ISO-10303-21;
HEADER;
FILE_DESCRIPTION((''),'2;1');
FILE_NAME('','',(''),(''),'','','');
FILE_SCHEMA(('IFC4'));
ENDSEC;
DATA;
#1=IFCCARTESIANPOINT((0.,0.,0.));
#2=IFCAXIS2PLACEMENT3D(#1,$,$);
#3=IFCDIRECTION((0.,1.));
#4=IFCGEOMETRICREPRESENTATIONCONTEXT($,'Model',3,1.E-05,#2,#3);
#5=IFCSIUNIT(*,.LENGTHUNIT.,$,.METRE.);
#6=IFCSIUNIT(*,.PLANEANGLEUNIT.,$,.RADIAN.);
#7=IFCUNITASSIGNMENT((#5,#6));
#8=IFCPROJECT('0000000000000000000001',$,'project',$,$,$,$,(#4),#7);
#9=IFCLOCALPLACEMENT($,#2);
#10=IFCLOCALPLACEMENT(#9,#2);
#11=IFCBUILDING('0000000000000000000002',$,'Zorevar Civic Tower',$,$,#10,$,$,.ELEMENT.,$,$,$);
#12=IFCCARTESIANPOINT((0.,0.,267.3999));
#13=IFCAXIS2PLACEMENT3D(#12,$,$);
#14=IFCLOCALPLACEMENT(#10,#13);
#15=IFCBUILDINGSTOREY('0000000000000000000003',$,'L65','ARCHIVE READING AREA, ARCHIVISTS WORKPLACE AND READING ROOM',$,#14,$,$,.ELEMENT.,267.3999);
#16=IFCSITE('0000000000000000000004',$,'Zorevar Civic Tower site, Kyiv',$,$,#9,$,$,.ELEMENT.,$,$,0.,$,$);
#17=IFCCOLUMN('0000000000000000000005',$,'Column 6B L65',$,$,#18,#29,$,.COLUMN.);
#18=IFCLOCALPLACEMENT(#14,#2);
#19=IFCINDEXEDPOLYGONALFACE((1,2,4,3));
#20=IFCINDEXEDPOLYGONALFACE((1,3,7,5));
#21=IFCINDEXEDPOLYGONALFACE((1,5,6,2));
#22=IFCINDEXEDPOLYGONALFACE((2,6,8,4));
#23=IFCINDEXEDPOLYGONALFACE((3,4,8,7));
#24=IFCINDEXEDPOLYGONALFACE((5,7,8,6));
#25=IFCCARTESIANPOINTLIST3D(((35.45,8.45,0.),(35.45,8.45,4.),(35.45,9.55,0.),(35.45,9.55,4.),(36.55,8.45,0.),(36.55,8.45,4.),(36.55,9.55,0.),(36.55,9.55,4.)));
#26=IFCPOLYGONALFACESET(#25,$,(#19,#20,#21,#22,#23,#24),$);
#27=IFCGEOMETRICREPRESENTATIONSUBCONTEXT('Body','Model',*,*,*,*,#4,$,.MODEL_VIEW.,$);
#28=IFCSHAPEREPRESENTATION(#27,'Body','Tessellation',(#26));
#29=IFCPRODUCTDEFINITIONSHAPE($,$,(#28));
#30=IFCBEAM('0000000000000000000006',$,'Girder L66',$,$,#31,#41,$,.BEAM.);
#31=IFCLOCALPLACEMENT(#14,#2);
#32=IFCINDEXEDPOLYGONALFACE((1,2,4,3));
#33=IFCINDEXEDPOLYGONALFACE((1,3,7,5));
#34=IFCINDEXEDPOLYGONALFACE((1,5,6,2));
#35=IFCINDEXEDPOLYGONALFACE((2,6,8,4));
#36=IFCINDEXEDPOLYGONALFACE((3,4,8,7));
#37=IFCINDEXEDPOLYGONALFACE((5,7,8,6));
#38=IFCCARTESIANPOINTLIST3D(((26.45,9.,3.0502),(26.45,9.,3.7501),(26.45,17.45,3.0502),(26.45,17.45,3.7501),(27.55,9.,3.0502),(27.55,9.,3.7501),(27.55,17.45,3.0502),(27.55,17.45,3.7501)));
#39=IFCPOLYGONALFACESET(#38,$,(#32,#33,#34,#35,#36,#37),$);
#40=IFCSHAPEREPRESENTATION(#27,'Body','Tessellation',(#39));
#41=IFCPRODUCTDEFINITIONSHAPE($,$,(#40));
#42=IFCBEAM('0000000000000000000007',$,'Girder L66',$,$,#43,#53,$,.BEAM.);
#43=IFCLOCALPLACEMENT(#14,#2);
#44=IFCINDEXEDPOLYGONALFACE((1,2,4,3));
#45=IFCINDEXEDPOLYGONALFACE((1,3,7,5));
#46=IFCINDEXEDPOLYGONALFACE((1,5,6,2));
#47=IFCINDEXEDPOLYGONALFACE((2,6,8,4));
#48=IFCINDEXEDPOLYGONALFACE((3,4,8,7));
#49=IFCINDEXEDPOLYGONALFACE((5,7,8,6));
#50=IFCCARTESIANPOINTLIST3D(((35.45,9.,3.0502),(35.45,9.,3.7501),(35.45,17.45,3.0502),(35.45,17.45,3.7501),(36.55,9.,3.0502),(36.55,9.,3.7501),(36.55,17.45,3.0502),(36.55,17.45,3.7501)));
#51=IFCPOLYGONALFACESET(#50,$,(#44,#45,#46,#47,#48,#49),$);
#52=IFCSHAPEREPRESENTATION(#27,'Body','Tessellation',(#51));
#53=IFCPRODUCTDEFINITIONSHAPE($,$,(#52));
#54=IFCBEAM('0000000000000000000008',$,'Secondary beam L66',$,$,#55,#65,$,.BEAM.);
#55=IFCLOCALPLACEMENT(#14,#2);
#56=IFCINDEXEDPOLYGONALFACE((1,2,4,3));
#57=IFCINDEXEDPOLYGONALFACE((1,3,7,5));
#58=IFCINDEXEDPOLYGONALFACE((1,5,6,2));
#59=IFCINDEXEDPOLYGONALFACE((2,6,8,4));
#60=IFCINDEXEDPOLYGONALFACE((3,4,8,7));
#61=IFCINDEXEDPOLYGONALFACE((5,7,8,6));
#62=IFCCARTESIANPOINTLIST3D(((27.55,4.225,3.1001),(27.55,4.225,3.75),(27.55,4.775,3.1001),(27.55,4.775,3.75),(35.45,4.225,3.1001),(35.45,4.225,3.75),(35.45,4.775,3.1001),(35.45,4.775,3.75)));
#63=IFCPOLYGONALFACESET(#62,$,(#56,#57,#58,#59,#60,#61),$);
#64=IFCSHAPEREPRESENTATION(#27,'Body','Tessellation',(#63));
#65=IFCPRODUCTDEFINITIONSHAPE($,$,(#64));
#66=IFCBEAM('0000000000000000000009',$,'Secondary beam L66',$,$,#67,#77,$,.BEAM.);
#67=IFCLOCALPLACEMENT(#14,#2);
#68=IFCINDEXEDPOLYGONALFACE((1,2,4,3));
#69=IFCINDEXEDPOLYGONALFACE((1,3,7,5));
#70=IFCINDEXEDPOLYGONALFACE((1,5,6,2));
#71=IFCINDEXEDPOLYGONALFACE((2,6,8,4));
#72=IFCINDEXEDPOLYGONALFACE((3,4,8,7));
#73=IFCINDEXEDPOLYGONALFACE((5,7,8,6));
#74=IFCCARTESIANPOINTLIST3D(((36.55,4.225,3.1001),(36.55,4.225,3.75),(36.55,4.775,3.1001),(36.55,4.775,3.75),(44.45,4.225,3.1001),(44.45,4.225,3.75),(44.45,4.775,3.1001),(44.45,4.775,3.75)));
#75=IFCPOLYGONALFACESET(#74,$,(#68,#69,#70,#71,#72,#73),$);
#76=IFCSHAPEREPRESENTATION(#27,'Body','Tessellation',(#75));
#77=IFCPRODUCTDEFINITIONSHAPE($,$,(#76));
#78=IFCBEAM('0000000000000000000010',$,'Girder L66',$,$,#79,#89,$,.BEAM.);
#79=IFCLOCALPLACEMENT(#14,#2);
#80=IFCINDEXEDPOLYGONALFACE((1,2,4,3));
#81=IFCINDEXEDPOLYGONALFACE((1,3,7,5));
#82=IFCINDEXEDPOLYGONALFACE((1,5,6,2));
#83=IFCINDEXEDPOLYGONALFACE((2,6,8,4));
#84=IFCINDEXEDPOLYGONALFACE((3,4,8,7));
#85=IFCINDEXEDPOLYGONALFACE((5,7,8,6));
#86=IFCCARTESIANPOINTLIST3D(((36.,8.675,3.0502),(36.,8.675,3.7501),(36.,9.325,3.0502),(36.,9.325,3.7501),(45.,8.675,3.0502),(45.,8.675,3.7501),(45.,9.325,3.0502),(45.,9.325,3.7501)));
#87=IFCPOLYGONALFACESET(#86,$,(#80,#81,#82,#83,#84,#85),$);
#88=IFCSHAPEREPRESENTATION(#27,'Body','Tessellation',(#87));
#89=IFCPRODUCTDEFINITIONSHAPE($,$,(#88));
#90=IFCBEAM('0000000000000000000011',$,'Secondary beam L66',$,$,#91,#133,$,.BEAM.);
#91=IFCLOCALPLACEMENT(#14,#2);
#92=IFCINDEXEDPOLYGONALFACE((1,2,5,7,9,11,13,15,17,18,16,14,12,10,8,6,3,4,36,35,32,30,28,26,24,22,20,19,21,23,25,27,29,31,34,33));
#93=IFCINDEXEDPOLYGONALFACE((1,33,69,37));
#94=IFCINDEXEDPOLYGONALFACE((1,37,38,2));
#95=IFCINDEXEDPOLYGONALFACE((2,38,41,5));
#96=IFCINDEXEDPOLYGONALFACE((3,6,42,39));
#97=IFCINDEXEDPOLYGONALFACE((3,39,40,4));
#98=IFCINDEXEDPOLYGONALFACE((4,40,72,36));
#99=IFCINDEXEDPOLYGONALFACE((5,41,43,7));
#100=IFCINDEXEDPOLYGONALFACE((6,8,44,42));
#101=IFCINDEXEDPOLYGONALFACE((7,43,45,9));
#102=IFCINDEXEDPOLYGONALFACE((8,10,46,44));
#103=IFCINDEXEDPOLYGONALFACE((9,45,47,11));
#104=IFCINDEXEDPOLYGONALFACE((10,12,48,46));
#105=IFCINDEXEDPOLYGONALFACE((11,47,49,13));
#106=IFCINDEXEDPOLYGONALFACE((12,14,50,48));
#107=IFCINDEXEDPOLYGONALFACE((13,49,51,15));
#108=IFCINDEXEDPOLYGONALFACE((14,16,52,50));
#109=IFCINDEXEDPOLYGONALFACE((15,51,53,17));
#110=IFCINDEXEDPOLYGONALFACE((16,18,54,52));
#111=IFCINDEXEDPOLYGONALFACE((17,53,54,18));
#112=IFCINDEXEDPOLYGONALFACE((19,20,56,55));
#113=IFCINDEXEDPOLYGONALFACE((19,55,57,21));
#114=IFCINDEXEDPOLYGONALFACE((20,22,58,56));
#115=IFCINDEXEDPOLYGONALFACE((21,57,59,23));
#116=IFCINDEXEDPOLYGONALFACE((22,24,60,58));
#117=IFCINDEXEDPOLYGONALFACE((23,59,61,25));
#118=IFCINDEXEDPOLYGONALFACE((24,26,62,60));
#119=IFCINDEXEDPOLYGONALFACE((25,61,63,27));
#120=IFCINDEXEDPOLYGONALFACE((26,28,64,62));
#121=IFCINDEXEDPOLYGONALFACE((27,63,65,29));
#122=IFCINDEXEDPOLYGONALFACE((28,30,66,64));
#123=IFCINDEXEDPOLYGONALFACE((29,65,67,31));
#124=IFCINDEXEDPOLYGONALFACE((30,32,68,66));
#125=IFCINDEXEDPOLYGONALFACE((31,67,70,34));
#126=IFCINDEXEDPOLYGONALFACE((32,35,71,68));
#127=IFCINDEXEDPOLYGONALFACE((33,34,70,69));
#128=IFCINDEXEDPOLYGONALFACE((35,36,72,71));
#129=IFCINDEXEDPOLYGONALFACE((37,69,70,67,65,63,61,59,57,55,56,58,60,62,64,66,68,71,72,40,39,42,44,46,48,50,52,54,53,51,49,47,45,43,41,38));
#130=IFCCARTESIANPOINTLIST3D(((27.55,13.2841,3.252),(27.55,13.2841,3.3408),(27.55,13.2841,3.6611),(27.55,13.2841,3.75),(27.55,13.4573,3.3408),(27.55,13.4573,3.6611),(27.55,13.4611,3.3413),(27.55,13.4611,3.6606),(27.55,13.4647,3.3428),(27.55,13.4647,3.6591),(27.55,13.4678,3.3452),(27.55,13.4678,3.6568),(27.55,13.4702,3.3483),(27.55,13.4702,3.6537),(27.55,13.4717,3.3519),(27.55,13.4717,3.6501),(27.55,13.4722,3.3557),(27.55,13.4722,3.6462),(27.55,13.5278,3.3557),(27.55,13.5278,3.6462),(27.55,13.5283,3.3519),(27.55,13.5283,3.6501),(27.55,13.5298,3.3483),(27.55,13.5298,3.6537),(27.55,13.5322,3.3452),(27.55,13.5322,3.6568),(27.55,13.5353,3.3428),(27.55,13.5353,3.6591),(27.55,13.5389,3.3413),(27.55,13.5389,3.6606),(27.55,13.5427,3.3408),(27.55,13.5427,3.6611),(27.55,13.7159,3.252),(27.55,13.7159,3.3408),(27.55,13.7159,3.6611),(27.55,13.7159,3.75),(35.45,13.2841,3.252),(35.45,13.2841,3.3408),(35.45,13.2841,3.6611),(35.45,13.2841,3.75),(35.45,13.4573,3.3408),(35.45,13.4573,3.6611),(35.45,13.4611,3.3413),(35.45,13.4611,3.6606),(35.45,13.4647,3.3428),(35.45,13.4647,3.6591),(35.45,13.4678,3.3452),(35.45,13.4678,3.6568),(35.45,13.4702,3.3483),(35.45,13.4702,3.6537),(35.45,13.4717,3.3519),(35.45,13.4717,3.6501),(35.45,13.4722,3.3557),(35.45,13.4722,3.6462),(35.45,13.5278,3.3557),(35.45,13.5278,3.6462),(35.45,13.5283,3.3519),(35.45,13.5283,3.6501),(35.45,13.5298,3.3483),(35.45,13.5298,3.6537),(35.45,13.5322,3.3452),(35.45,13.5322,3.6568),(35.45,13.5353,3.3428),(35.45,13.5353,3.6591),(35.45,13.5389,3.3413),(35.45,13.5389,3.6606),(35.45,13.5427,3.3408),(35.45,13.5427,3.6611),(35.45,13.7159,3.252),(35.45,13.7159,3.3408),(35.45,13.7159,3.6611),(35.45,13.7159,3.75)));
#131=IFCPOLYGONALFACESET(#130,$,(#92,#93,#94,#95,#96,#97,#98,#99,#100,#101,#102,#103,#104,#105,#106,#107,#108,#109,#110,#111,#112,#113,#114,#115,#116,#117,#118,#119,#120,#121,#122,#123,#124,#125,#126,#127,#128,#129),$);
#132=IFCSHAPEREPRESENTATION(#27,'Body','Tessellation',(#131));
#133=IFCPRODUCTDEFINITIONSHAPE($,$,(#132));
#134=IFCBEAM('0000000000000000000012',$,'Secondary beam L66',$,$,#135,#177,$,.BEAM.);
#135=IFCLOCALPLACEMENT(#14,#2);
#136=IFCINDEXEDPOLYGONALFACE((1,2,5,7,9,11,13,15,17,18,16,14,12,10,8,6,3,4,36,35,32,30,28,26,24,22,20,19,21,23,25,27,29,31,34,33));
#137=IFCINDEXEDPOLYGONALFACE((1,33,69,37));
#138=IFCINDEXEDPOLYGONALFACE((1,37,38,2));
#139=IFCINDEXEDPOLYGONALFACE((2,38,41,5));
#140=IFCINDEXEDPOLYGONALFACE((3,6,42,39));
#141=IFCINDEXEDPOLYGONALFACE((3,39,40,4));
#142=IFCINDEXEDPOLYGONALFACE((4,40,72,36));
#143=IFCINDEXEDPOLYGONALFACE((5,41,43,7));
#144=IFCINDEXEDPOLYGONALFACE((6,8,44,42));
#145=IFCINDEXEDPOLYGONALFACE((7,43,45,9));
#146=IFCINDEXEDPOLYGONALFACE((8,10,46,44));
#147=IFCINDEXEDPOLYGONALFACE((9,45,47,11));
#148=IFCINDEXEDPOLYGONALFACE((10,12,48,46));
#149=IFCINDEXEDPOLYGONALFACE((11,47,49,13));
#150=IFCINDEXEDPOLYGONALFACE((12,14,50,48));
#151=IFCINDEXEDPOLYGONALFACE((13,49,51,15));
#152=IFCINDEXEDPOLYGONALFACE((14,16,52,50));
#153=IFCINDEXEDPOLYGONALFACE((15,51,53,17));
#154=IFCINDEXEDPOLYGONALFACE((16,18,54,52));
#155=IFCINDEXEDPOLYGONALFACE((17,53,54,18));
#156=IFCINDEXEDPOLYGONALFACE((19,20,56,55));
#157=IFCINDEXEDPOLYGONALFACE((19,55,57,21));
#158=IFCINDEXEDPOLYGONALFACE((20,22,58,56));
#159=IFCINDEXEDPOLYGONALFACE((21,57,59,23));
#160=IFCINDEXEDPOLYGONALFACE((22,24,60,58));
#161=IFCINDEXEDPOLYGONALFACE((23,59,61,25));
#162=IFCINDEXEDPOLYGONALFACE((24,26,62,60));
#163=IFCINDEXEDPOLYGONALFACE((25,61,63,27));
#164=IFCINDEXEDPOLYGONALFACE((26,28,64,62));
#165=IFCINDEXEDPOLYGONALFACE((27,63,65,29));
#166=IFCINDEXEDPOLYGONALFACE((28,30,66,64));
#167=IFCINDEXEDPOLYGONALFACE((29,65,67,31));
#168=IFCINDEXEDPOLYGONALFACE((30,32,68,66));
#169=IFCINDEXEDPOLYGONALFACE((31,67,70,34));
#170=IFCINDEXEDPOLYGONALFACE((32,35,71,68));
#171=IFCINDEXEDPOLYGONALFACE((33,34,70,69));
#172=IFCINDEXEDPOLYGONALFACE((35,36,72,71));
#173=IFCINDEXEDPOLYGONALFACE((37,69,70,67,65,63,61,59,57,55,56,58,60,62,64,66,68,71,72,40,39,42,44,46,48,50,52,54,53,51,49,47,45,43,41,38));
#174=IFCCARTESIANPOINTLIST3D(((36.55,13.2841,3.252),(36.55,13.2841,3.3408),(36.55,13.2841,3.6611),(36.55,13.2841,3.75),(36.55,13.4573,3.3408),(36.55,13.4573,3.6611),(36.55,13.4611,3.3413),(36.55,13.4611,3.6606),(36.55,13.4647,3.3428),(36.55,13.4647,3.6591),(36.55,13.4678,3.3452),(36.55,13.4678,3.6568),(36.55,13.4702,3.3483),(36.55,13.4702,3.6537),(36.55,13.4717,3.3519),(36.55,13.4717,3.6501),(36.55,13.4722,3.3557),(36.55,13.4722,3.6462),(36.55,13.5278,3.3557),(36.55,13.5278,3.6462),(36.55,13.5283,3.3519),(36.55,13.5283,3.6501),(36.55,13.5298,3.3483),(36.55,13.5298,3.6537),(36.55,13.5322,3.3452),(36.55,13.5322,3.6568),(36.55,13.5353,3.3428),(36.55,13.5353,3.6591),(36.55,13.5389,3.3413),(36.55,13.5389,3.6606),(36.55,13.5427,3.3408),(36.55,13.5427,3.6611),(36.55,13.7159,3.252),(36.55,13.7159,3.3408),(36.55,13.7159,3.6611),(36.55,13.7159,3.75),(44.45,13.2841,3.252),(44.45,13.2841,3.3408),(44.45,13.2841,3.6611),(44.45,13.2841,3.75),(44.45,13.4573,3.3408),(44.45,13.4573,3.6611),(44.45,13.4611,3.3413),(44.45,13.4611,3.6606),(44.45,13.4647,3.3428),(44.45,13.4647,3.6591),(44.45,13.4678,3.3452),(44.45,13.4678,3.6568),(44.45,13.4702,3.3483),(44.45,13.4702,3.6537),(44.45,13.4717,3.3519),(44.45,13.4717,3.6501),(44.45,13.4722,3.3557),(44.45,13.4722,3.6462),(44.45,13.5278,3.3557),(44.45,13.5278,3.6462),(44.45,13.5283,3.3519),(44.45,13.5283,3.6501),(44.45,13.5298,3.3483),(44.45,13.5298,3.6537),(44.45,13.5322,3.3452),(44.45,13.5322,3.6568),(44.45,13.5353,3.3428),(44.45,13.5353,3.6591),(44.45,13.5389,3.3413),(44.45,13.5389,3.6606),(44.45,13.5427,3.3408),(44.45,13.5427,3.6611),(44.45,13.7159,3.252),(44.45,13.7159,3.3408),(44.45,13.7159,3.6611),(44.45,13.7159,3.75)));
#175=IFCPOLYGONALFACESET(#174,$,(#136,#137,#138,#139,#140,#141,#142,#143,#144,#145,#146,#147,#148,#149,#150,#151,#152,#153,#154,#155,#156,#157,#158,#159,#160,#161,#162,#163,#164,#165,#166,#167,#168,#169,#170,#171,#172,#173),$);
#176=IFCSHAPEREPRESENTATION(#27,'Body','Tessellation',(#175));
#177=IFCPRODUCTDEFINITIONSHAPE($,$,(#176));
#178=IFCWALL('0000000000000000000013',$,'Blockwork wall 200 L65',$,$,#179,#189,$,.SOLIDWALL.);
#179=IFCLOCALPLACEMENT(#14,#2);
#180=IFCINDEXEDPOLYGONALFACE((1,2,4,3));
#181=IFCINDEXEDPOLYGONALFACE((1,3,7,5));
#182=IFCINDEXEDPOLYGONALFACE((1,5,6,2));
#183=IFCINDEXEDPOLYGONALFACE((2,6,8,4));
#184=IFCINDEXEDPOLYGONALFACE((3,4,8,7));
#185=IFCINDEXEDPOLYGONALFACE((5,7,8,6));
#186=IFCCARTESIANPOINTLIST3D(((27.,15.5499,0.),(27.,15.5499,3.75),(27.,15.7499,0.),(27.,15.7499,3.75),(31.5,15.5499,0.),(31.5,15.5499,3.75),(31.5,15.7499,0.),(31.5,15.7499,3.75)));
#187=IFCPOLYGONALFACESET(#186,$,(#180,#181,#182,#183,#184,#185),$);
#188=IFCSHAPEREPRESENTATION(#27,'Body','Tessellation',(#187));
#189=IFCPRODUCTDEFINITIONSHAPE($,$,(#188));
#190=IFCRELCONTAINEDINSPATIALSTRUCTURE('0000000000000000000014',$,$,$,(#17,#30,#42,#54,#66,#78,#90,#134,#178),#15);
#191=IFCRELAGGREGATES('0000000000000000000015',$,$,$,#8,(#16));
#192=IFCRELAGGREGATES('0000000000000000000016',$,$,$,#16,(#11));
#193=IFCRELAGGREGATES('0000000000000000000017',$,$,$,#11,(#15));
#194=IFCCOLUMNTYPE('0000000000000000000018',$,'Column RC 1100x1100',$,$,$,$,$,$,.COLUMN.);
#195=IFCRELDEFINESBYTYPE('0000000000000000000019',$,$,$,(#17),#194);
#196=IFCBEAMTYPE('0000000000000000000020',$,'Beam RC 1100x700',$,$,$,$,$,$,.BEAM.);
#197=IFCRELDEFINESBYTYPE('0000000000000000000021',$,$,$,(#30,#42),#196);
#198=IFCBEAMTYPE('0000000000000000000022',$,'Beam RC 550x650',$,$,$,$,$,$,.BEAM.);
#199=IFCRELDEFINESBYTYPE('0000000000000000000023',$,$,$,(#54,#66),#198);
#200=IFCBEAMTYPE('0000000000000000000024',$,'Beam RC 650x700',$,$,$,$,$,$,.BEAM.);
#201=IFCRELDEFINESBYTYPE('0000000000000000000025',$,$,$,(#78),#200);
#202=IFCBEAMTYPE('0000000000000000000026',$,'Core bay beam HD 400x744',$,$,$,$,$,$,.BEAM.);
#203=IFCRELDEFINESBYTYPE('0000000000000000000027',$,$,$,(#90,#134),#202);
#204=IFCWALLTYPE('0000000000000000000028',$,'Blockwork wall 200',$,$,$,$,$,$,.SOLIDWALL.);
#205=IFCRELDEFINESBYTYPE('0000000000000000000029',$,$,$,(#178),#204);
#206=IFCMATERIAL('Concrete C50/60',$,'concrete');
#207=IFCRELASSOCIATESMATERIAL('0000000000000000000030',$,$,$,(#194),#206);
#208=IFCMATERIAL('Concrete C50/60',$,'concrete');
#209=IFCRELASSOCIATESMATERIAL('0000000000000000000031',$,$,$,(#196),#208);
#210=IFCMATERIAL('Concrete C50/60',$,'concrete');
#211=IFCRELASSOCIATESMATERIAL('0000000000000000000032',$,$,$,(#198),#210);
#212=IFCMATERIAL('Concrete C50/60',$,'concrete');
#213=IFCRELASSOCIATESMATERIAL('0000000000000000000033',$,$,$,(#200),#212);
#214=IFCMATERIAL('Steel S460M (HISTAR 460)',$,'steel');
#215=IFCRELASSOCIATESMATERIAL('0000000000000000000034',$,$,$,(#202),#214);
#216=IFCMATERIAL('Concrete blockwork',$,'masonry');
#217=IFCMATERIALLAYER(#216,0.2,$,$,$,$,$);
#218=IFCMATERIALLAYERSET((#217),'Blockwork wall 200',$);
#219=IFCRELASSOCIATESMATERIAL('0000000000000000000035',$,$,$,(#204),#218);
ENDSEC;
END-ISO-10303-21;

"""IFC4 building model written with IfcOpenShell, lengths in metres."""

from ifc_helpers import new_model, si_unit, direction, frame, frame_2d, origin, origin_2d, place, context, subcontext, project, spatial, rectangle, i_section, extrude, material, layer, layer_set, material_profile, profile_set, type_object, element, save


model = new_model("IFC4")

# Units and contexts
model_context = context("Model", 3, precision=1e-05, world=origin(), true_north=direction((0.0, 1.0)))
body_context = subcontext(model_context, "Body", "Model", "MODEL_VIEW")
ifc_project = project(units=[si_unit("LENGTHUNIT", "METRE"), si_unit("PLANEANGLEUNIT", "RADIAN")], contexts=[model_context])

# Site, building, storey
site_placement = place(None, origin())
site = spatial("IfcSite", under=ifc_project, at=site_placement, Name="Zorevar Civic Tower site, Kyiv", CompositionType="ELEMENT", RefElevation=0.0)
building_placement = place(site_placement, origin())
building = spatial("IfcBuilding", under=site, at=building_placement, Name="Zorevar Civic Tower", CompositionType="ELEMENT")
storey_placement = place(building_placement, frame((0.0, 0.0, 267.3999)))
storey = spatial("IfcBuildingStorey", under=building, at=storey_placement, Name="L65", Description="ARCHIVE READING AREA, ARCHIVISTS WORKPLACE AND READING ROOM", CompositionType="ELEMENT", Elevation=267.3999)

# Column
ifc_material_1 = material(Name="Concrete C50/60", Category="concrete")
ifc_material_profile_1 = material_profile(ifc_material_1, rectangle(XDim=1.1001, YDim=1.1001, at=origin_2d()), Name="RC 1100x1100")
ifc_profile_set_1 = profile_set([ifc_material_profile_1], Name="Concrete C50/60")
column_type = type_object("IfcColumnType", Name="Column RC 1100x1100", PredefinedType="COLUMN", material=ifc_profile_set_1)
column_placement = place(storey_placement, frame((36.0, 9.0, 0.0), z_axis=(0.0, 0.0, 1.0), x_axis=(1.0, 0.0, 0.0)))
element("IfcColumn", 1, at=column_placement, inside=storey, type_object=column_type, Name="Column 6B L65", PredefinedType="COLUMN", context=body_context, shape_type="SweptSolid", body=[
    extrude(rectangle(XDim=1.1001, YDim=1.1001, at=origin_2d()), origin(), (0.0, 0.0, 1.0), 4.0),
])

# Beams
ifc_material_2 = material(Name="Concrete C50/60", Category="concrete")
ifc_material_profile_2 = material_profile(ifc_material_2, rectangle(XDim=1.1001, YDim=0.7, at=origin_2d()), Name="RC 1100x700")
ifc_profile_set_2 = profile_set([ifc_material_profile_2], Name="Concrete C50/60")
beam_type_1 = type_object("IfcBeamType", Name="Beam RC 1100x700", PredefinedType="BEAM", material=ifc_profile_set_2)
for number, where, z_axis, x_axis, name in (
    (2, (27.0, 9.0, 3.4001), (0.0, 1.0, 0.0), (-1.0, 0.0, 0.0), "Girder L66"),
    (3, (36.0, 9.0, 3.4001), (0.0, 1.0, 0.0), (-1.0, 0.0, 0.0), "Girder L66"),
):
    element("IfcBeam", number, at=place(storey_placement, frame(where, z_axis=z_axis, x_axis=x_axis)), inside=storey, type_object=beam_type_1, Name=name, PredefinedType="BEAM", context=body_context, shape_type="SweptSolid", body=[
        extrude(rectangle(XDim=1.1001, YDim=0.7, at=origin_2d()), origin(), (0.0, 0.0, 1.0), 8.45),
    ])
ifc_material_3 = material(Name="Concrete C50/60", Category="concrete")
ifc_material_profile_3 = material_profile(ifc_material_3, rectangle(XDim=0.55, YDim=0.6499, at=origin_2d()), Name="RC 550x650")
ifc_profile_set_3 = profile_set([ifc_material_profile_3], Name="Concrete C50/60")
beam_type_2 = type_object("IfcBeamType", Name="Beam RC 550x650", PredefinedType="BEAM", material=ifc_profile_set_3)
for number, where, z_axis, x_axis, name in (
    (4, (27.55, 4.5, 3.425), (1.0, 0.0, 0.0), (0.0, 1.0, 0.0), "Secondary beam L66"),
    (5, (36.55, 4.5, 3.425), (1.0, 0.0, 0.0), (0.0, 1.0, 0.0), "Secondary beam L66"),
):
    element("IfcBeam", number, at=place(storey_placement, frame(where, z_axis=z_axis, x_axis=x_axis)), inside=storey, type_object=beam_type_2, Name=name, PredefinedType="BEAM", context=body_context, shape_type="SweptSolid", body=[
        extrude(rectangle(XDim=0.55, YDim=0.6499, at=origin_2d()), origin(), (0.0, 0.0, 1.0), 7.8999),
    ])
ifc_material_4 = material(Name="Concrete C50/60", Category="concrete")
ifc_material_profile_4 = material_profile(ifc_material_4, rectangle(XDim=0.6499, YDim=0.7, at=origin_2d()), Name="RC 650x700")
ifc_profile_set_4 = profile_set([ifc_material_profile_4], Name="Concrete C50/60")
beam_type_3 = type_object("IfcBeamType", Name="Beam RC 650x700", PredefinedType="BEAM", material=ifc_profile_set_4)
beam_placement = place(storey_placement, frame((36.0, 9.0, 3.4001), z_axis=(1.0, 0.0, 0.0), x_axis=(0.0, 1.0, 0.0)))
element("IfcBeam", 6, at=beam_placement, inside=storey, type_object=beam_type_3, Name="Girder L66", PredefinedType="BEAM", context=body_context, shape_type="SweptSolid", body=[
    extrude(rectangle(XDim=0.6499, YDim=0.7, at=origin_2d()), origin(), (0.0, 0.0, 1.0), 9.0),
])
ifc_material_5 = material(Name="Steel S460M (HISTAR 460)", Category="steel")
ifc_material_profile_5 = material_profile(ifc_material_5, i_section(OverallWidth=0.4319, OverallDepth=0.498, WebThickness=0.0557, FlangeThickness=0.0889, FilletRadius=0.0149, at=origin_2d()), Name="HD 400x744")
ifc_profile_set_5 = profile_set([ifc_material_profile_5], Name="Steel S460M (HISTAR 460)")
beam_type_4 = type_object("IfcBeamType", Name="Core bay beam HD 400x744", PredefinedType="BEAM", material=ifc_profile_set_5)
for number, where, z_axis, x_axis, name in (
    (7, (27.55, 13.5, 3.501), (1.0, 0.0, 0.0), (0.0, 1.0, 0.0), "Secondary beam L66"),
    (8, (36.55, 13.5, 3.501), (1.0, 0.0, 0.0), (0.0, 1.0, 0.0), "Secondary beam L66"),
):
    element("IfcBeam", number, at=place(storey_placement, frame(where, z_axis=z_axis, x_axis=x_axis)), inside=storey, type_object=beam_type_4, Name=name, PredefinedType="BEAM", context=body_context, shape_type="SweptSolid", body=[
        extrude(i_section(OverallWidth=0.4319, OverallDepth=0.498, WebThickness=0.0557, FlangeThickness=0.0889, FilletRadius=0.0149, at=origin_2d()), origin(), (0.0, 0.0, 1.0), 7.8999),
    ])

# Shared definitions
ifc_material_6 = material(Name="Concrete blockwork", Category="masonry")
ifc_layer_1 = layer(ifc_material_6, 0.2)
ifc_layer_set_1 = layer_set([ifc_layer_1], Name="Blockwork wall 200")
wall_type_1 = type_object("IfcWallType", Name="Blockwork wall 200", PredefinedType="SOLIDWALL", material=ifc_layer_set_1)

# Wall
wall_1_placement = place(storey_placement, frame((27.0, 15.6499, 0.0), z_axis=(0.0, 0.0, 1.0), x_axis=(1.0, 0.0, 0.0)))
element("IfcWall", 9, at=wall_1_placement, inside=storey, type_object=wall_type_1, Name="Blockwork wall 200 L65", PredefinedType="SOLIDWALL", context=body_context, shape_type="SweptSolid", body=[
    extrude(rectangle(XDim=4.5, YDim=0.2, at=frame_2d((2.25, 0.0))), origin(), (0.0, 0.0, 1.0), 3.75),
])

save(model, "model.ifc")
